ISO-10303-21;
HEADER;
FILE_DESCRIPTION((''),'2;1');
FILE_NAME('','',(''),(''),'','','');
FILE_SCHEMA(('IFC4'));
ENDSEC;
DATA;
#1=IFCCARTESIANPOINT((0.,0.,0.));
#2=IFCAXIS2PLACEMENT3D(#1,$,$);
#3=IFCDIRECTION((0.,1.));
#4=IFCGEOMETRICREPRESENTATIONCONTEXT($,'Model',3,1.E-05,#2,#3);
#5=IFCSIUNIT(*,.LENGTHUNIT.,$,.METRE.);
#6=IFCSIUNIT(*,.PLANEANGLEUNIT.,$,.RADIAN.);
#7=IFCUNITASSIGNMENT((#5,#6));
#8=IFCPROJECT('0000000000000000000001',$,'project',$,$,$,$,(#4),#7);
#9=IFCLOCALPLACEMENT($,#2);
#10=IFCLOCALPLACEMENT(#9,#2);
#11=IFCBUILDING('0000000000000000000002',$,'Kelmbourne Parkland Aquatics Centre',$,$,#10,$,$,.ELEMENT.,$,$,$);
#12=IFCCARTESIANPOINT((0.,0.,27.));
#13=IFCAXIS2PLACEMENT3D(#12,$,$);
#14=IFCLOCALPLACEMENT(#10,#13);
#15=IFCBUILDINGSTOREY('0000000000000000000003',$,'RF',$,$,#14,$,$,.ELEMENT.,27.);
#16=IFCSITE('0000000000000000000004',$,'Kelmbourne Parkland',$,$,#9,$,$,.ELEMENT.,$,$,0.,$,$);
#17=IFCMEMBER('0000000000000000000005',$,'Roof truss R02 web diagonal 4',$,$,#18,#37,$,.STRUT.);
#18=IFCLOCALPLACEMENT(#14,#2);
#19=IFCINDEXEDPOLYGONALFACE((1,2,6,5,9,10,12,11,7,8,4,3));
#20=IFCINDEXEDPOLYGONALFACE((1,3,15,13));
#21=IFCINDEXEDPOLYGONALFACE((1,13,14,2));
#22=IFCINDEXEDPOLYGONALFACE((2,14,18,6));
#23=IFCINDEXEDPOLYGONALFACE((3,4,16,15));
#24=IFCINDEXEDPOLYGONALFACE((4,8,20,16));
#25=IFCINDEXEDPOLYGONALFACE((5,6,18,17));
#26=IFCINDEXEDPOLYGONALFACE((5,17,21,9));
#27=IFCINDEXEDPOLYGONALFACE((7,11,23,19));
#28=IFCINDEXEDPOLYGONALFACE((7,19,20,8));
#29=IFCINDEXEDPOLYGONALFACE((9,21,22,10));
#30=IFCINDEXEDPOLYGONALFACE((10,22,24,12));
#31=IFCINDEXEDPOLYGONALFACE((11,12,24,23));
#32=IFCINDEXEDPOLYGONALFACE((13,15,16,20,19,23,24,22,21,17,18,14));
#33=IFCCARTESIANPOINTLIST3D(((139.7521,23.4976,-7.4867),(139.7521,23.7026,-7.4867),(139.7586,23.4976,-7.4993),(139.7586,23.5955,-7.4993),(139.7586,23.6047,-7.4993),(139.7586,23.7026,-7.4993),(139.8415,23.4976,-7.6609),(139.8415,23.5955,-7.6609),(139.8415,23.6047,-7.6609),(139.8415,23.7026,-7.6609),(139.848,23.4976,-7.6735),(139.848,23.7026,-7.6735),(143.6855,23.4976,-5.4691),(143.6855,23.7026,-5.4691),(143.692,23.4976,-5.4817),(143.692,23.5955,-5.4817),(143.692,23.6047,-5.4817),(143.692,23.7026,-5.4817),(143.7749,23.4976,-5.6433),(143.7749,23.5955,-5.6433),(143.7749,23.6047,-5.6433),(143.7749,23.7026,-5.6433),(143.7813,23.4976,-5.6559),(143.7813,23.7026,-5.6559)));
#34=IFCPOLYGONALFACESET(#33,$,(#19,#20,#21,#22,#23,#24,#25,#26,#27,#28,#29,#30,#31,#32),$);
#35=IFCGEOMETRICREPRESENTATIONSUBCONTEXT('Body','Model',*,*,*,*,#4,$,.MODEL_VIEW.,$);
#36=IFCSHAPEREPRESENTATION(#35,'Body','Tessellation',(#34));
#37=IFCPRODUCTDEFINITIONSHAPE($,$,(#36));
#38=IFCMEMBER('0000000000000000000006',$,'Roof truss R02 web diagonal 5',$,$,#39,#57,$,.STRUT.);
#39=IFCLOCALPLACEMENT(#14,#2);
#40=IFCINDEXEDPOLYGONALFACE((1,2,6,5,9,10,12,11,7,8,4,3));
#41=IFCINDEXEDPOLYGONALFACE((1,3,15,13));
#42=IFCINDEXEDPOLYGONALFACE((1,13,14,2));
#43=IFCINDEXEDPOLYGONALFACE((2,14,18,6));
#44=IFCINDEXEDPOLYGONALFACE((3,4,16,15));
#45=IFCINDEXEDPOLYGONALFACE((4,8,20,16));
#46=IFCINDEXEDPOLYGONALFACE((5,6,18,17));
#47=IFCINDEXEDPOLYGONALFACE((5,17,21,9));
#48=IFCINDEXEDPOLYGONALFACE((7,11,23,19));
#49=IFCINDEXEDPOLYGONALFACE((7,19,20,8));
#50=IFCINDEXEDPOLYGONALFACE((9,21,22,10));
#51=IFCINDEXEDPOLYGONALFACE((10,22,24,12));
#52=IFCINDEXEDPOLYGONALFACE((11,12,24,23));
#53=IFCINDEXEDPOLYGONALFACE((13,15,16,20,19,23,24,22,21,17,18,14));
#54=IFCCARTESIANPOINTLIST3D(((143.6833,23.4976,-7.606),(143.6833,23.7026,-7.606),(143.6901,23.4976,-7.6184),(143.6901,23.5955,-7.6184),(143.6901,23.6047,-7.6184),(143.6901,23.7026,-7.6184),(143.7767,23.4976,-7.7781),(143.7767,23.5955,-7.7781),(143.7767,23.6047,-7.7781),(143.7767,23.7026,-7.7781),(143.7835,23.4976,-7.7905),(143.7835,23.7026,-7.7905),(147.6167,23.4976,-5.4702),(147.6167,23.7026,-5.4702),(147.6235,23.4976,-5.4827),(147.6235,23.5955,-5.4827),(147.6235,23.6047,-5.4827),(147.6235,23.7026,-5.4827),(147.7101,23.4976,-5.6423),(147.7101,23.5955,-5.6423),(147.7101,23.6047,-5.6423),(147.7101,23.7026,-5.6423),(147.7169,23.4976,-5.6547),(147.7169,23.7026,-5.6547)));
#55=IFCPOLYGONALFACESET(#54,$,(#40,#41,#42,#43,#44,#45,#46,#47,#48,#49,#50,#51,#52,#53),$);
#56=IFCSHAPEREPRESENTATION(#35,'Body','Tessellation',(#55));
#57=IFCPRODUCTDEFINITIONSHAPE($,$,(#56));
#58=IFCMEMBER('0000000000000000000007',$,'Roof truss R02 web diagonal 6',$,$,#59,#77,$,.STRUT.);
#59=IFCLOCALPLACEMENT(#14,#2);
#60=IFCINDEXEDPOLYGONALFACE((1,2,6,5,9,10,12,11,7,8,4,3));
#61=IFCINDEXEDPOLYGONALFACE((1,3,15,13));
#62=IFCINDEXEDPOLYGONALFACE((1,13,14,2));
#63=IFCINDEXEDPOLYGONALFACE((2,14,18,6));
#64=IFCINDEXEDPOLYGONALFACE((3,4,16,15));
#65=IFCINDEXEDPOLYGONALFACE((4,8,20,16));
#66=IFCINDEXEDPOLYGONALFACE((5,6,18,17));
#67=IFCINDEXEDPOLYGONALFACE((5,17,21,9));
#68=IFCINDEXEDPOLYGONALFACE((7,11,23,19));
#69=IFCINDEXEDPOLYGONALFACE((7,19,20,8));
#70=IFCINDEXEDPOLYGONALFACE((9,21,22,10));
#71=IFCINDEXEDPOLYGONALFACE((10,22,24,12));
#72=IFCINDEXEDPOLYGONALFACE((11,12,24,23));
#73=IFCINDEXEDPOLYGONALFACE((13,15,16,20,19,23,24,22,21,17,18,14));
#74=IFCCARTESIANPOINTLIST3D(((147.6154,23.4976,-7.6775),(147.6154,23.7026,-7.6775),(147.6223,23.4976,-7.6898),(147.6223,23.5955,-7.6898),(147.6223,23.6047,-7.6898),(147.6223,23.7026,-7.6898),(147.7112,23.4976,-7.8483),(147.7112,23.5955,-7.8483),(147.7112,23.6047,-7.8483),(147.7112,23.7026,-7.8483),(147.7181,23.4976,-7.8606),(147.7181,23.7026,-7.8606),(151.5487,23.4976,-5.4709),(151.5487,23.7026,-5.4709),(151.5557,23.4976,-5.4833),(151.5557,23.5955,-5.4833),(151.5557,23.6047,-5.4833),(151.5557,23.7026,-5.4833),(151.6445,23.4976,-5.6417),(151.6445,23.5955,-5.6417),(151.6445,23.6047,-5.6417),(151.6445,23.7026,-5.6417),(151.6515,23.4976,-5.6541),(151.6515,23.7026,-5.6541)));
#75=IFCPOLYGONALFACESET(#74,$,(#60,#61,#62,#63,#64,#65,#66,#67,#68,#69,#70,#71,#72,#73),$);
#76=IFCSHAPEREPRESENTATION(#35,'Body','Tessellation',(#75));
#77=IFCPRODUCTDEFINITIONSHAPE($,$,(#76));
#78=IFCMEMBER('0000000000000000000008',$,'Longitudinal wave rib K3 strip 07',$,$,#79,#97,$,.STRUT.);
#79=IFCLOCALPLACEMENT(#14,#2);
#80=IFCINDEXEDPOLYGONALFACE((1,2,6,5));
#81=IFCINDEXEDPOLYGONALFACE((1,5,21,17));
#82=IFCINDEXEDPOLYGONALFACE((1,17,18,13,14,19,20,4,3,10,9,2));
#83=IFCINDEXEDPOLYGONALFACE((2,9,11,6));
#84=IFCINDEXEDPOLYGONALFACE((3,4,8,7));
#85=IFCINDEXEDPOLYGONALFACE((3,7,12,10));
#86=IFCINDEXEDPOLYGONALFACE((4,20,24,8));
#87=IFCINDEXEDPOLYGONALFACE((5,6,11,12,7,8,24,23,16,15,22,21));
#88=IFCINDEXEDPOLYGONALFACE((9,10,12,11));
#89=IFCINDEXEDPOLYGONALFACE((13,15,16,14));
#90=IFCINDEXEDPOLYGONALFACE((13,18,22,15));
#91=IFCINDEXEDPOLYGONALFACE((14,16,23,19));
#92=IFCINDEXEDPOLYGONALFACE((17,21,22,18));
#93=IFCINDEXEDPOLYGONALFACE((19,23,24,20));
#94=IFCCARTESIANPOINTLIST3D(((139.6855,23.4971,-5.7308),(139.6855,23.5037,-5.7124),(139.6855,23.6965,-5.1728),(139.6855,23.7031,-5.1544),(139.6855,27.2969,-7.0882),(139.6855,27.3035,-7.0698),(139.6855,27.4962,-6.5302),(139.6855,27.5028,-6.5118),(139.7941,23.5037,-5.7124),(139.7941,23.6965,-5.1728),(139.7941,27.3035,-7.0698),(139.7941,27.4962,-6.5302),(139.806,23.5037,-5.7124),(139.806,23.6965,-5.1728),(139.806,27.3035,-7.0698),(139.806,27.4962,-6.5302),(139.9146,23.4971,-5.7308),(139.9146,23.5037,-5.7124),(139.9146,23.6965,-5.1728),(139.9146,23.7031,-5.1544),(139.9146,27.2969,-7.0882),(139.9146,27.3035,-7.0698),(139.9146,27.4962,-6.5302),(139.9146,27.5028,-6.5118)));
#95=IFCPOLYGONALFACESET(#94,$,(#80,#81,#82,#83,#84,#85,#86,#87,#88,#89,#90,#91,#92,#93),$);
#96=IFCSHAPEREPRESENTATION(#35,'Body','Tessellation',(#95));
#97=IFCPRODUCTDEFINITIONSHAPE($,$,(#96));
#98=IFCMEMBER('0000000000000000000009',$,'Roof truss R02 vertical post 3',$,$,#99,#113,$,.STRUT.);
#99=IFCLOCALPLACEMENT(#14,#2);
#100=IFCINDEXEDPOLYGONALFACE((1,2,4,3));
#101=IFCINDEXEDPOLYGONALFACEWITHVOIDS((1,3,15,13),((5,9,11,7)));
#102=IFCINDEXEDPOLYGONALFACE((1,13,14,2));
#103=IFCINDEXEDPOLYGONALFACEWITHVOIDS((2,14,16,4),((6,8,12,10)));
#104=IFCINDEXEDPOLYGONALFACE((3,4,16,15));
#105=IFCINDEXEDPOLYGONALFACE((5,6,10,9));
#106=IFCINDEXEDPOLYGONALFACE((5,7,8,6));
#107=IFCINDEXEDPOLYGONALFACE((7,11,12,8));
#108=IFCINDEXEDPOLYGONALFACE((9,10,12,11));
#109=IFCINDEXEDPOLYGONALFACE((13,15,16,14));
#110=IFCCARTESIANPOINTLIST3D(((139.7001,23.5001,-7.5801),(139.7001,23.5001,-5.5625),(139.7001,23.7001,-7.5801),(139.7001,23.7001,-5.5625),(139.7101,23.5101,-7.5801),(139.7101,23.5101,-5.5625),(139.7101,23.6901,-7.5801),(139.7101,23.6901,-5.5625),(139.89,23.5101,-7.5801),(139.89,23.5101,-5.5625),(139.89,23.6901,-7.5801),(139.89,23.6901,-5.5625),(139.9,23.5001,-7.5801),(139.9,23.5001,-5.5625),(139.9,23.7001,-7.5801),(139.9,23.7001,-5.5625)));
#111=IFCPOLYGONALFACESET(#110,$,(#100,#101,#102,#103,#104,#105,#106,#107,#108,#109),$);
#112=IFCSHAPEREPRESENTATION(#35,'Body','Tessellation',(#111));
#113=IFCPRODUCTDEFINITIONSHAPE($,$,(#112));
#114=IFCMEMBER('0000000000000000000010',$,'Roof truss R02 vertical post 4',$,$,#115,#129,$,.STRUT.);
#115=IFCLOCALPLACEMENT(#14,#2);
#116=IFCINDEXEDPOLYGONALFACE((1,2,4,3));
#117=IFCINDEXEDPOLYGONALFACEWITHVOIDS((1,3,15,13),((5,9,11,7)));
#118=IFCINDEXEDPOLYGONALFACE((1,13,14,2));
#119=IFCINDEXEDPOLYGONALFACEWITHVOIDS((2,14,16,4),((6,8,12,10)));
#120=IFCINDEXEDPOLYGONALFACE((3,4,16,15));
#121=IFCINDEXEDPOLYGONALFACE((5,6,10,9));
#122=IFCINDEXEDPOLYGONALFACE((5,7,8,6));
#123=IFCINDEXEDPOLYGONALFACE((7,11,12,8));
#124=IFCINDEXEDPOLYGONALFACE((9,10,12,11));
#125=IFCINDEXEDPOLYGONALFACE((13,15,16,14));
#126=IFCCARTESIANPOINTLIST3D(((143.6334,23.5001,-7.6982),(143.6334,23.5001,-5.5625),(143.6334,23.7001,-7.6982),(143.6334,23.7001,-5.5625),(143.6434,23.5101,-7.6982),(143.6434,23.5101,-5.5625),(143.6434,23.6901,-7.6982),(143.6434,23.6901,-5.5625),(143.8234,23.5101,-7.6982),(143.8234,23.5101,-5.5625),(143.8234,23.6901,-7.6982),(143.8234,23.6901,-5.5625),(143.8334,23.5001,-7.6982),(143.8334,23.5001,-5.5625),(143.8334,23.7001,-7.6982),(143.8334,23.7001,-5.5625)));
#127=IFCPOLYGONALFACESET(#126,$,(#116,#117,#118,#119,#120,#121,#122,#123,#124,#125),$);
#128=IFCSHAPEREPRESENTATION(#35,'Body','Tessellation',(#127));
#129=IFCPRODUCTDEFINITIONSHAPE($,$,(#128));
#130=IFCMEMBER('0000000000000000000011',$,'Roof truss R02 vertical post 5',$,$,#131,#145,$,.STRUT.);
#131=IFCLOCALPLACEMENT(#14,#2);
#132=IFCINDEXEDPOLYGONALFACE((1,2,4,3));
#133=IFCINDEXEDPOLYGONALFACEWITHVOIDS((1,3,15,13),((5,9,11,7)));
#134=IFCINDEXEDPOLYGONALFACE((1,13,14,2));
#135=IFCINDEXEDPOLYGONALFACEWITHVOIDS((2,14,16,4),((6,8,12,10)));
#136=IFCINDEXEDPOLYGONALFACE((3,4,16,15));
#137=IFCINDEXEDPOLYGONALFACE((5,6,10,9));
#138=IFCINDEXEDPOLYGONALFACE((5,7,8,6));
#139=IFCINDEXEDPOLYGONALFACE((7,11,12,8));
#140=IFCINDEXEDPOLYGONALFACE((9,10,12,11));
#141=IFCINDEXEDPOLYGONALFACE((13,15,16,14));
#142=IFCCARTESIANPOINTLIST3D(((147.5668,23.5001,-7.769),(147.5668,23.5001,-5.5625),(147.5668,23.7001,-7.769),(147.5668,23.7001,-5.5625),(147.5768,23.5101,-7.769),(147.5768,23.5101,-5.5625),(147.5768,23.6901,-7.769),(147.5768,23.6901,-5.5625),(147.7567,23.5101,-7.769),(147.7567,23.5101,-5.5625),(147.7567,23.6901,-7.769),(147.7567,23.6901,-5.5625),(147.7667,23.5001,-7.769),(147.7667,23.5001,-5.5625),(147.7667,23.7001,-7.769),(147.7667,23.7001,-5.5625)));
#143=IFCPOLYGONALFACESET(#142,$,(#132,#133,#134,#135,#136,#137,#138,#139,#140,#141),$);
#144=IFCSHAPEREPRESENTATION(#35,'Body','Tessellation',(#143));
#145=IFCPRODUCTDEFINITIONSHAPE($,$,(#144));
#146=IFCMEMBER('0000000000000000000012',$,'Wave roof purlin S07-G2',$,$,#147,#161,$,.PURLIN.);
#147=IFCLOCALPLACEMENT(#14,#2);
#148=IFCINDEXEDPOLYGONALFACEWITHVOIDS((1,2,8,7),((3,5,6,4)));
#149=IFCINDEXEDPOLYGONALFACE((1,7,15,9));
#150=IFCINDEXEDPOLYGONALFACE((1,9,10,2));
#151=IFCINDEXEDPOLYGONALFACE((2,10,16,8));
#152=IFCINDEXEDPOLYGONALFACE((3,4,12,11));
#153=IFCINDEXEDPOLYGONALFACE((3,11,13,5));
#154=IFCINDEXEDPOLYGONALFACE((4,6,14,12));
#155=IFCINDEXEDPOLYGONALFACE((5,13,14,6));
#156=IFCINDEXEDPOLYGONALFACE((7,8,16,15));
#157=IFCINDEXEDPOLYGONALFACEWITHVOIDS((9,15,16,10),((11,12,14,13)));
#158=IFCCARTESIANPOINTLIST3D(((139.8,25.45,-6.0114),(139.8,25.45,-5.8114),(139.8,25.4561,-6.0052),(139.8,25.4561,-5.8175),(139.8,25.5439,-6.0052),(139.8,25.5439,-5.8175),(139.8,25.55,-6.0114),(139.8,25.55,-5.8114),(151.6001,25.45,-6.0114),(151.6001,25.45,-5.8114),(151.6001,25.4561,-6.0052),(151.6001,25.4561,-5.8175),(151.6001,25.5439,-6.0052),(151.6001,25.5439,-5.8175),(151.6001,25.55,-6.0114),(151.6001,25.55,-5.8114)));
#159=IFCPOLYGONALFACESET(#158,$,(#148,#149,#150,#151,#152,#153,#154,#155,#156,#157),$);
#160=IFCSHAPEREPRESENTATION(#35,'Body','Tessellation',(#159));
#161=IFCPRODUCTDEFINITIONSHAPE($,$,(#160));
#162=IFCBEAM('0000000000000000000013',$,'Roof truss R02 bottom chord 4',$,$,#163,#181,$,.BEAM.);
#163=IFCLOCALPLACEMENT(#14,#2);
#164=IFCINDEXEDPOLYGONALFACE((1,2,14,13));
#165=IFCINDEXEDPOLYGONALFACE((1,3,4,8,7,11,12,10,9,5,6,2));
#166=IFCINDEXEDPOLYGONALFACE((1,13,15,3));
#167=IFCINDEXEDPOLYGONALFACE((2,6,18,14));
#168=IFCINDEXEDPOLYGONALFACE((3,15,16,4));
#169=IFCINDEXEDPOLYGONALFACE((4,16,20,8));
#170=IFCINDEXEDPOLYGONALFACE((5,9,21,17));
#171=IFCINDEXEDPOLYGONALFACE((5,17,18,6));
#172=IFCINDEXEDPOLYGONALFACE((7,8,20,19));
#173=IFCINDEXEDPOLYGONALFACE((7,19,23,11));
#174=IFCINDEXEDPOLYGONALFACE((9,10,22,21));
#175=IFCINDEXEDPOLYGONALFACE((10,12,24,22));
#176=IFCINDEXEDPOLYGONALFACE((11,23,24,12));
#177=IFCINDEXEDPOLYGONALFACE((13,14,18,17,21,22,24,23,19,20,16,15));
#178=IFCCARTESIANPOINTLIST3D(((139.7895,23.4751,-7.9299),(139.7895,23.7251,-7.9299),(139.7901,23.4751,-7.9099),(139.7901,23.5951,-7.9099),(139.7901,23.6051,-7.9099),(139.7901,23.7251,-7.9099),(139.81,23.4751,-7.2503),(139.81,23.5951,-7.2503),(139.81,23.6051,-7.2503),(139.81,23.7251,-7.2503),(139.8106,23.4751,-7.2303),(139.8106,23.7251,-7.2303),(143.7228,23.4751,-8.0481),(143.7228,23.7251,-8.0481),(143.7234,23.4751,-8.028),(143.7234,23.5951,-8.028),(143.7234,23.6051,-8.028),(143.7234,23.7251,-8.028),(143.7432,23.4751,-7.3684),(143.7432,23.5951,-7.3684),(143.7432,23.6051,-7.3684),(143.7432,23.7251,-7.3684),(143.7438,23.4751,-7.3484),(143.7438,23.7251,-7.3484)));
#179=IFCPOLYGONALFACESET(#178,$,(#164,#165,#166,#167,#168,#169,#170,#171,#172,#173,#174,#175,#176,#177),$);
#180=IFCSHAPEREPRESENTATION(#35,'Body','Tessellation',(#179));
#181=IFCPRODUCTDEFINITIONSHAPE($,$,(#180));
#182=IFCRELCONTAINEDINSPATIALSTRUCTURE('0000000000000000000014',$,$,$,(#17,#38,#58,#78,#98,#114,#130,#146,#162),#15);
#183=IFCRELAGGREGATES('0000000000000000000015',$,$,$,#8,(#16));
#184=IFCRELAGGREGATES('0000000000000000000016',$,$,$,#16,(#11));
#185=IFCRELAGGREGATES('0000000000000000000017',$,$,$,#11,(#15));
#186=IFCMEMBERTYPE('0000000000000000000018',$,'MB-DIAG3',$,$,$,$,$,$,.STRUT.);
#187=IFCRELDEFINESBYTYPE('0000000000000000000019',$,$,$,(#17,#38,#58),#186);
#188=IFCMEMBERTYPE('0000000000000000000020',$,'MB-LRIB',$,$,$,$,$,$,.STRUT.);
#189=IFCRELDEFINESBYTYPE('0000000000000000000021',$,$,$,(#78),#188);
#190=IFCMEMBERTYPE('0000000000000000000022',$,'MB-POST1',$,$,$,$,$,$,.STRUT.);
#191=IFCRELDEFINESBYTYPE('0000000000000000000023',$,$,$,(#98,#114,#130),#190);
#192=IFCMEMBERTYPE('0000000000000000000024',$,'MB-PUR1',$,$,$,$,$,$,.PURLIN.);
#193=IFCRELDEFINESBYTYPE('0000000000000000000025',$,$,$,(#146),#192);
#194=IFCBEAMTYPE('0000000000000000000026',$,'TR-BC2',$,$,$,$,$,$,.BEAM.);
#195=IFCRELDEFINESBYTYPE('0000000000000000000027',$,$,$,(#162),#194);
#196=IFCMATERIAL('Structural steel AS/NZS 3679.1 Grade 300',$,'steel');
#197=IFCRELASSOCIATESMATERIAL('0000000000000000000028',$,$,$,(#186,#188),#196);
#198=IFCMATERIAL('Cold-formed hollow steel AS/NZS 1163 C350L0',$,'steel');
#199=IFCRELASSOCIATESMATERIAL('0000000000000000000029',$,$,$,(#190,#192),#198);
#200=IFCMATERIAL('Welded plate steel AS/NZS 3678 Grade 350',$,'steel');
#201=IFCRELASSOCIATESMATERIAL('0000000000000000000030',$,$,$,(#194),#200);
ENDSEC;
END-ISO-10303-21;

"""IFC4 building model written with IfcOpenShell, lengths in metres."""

from ifc_helpers import new_model, si_unit, direction, frame, origin, origin_2d, place, context, subcontext, project, spatial, hollow_rectangle, i_section, extrude, material, material_profile, profile_set, type_object, element, save


model = new_model("IFC4")

# Units and contexts
model_context = context("Model", 3, precision=1e-05, world=origin(), true_north=direction((0.0, 1.0)))
body_context = subcontext(model_context, "Body", "Model", "MODEL_VIEW")
ifc_project = project(units=[si_unit("LENGTHUNIT", "METRE"), si_unit("PLANEANGLEUNIT", "RADIAN")], contexts=[model_context])

# Site, building, storey
site_placement = place(None, origin())
site = spatial("IfcSite", under=ifc_project, at=site_placement, Name="Kelmbourne Parkland", CompositionType="ELEMENT", RefElevation=0.0)
building_placement = place(site_placement, origin())
building = spatial("IfcBuilding", under=site, at=building_placement, Name="Kelmbourne Parkland Aquatics Centre", CompositionType="ELEMENT")
storey_placement = place(building_placement, frame((0.0, 0.0, 27.0)))
storey = spatial("IfcBuildingStorey", under=building, at=storey_placement, Name="RF", CompositionType="ELEMENT", Elevation=27.0)

# Members
ifc_material_1 = material(Name="Structural steel AS/NZS 3679.1 Grade 300", Category="steel")
ifc_material_profile_1 = material_profile(ifc_material_1, i_section(OverallWidth=0.2051, OverallDepth=0.21, WebThickness=0.0093, FlangeThickness=0.0142, at=origin_2d()), Name="200UC59.5")
ifc_profile_set_1 = profile_set([ifc_material_profile_1], Name="Structural steel AS/NZS 3679.1 Grade 300")
member_type_1 = type_object("IfcMemberType", Name="MB-DIAG3", PredefinedType="STRUT", material=ifc_profile_set_1)
member_1_placement = place(storey_placement, frame((139.8, 23.6001, -7.5801), z_axis=(0.889774, 0.0, 0.456402), x_axis=(0.0, 1.0, 0.0)))
element("IfcMember", 1, at=member_1_placement, inside=storey, type_object=member_type_1, Name="Roof truss R02 web diagonal 4", PredefinedType="STRUT", context=body_context, shape_type="SweptSolid", body=[
    extrude(i_section(OverallWidth=0.2051, OverallDepth=0.21, WebThickness=0.0093, FlangeThickness=0.0142, at=origin_2d()), origin(), (0.0, 0.0, 1.0), 4.4207),
])
member_2_placement = place(storey_placement, frame((143.7334, 23.6001, -7.6982), z_axis=(0.878807, 0.0, 0.477177), x_axis=(0.0, 1.0, 0.0)))
element("IfcMember", 2, at=member_2_placement, inside=storey, type_object=member_type_1, Name="Roof truss R02 web diagonal 5", PredefinedType="STRUT", context=body_context, shape_type="SweptSolid", body=[
    extrude(i_section(OverallWidth=0.2051, OverallDepth=0.21, WebThickness=0.0093, FlangeThickness=0.0142, at=origin_2d()), origin(), (0.0, 0.0, 1.0), 4.4758),
])
member_3_placement = place(storey_placement, frame((147.6667, 23.6001, -7.769), z_axis=(0.87214, 0.0, 0.489256), x_axis=(0.0, 1.0, 0.0)))
element("IfcMember", 3, at=member_3_placement, inside=storey, type_object=member_type_1, Name="Roof truss R02 web diagonal 6", PredefinedType="STRUT", context=body_context, shape_type="SweptSolid", body=[
    extrude(i_section(OverallWidth=0.2051, OverallDepth=0.21, WebThickness=0.0093, FlangeThickness=0.0142, at=origin_2d()), origin(), (0.0, 0.0, 1.0), 4.51),
])
ifc_material_profile_2 = material_profile(ifc_material_1, i_section(OverallWidth=0.229, OverallDepth=0.6121, WebThickness=0.012, FlangeThickness=0.0195, at=origin_2d()), Name="610UB125")
ifc_profile_set_2 = profile_set([ifc_material_profile_2], Name="Structural steel AS/NZS 3679.1 Grade 300")
member_type_2 = type_object("IfcMemberType", Name="MB-LRIB", PredefinedType="STRUT", material=ifc_profile_set_2)
member_4_placement = place(storey_placement, frame((139.8, 23.6001, -5.4426), z_axis=(0.0, 0.941715, -0.336413), x_axis=(-1.0, 0.0, 0.0)))
element("IfcMember", 4, at=member_4_placement, inside=storey, type_object=member_type_2, Name="Longitudinal wave rib K3 strip 07", PredefinedType="STRUT", context=body_context, shape_type="SweptSolid", body=[
    extrude(i_section(OverallWidth=0.229, OverallDepth=0.6121, WebThickness=0.012, FlangeThickness=0.0195, at=origin_2d()), origin(), (0.0, 0.0, 1.0), 4.0349),
])
ifc_material_2 = material(Name="Cold-formed hollow steel AS/NZS 1163 C350L0", Category="steel")
ifc_material_profile_3 = material_profile(ifc_material_2, hollow_rectangle(XDim=0.2, YDim=0.2, WallThickness=0.01, at=origin_2d()), Name="SHS 200x200x10.0")
ifc_profile_set_3 = profile_set([ifc_material_profile_3], Name="Cold-formed hollow steel AS/NZS 1163 C350L0")
member_type_3 = type_object("IfcMemberType", Name="MB-POST1", PredefinedType="STRUT", material=ifc_profile_set_3)
member_5_placement = place(storey_placement, frame((139.8, 23.6001, -7.5801), z_axis=(0.0, 0.0, 1.0), x_axis=(1.0, 0.0, 0.0)))
element("IfcMember", 5, at=member_5_placement, inside=storey, type_object=member_type_3, Name="Roof truss R02 vertical post 3", PredefinedType="STRUT", context=body_context, shape_type="SweptSolid", body=[
    extrude(hollow_rectangle(XDim=0.2, YDim=0.2, WallThickness=0.01, at=origin_2d()), origin(), (0.0, 0.0, 1.0), 2.0176),
])
member_6_placement = place(storey_placement, frame((143.7334, 23.6001, -7.6982), z_axis=(0.0, 0.0, 1.0), x_axis=(1.0, 0.0, 0.0)))
element("IfcMember", 6, at=member_6_placement, inside=storey, type_object=member_type_3, Name="Roof truss R02 vertical post 4", PredefinedType="STRUT", context=body_context, shape_type="SweptSolid", body=[
    extrude(hollow_rectangle(XDim=0.2, YDim=0.2, WallThickness=0.01, at=origin_2d()), origin(), (0.0, 0.0, 1.0), 2.1357),
])
member_7_placement = place(storey_placement, frame((147.6667, 23.6001, -7.769), z_axis=(0.0, 0.0, 1.0), x_axis=(1.0, 0.0, 0.0)))
element("IfcMember", 7, at=member_7_placement, inside=storey, type_object=member_type_3, Name="Roof truss R02 vertical post 5", PredefinedType="STRUT", context=body_context, shape_type="SweptSolid", body=[
    extrude(hollow_rectangle(XDim=0.2, YDim=0.2, WallThickness=0.01, at=origin_2d()), origin(), (0.0, 0.0, 1.0), 2.2065),
])
ifc_material_profile_4 = material_profile(ifc_material_2, hollow_rectangle(XDim=0.1001, YDim=0.2, WallThickness=0.0061, at=origin_2d()), Name="RHS 200x100x6.0")
ifc_profile_set_4 = profile_set([ifc_material_profile_4], Name="Cold-formed hollow steel AS/NZS 1163 C350L0")
member_type_4 = type_object("IfcMemberType", Name="MB-PUR1", PredefinedType="PURLIN", material=ifc_profile_set_4)
member_8_placement = place(storey_placement, frame((139.8, 25.5, -5.9114), z_axis=(1.0, 0.0, 0.0), x_axis=(0.0, 1.0, 0.0)))
element("IfcMember", 8, at=member_8_placement, inside=storey, type_object=member_type_4, Name="Wave roof purlin S07-G2", PredefinedType="PURLIN", context=body_context, shape_type="SweptSolid", body=[
    extrude(hollow_rectangle(XDim=0.1001, YDim=0.2, WallThickness=0.0061, at=origin_2d()), origin(), (0.0, 0.0, 1.0), 11.8),
])

# Beam
ifc_material_3 = material(Name="Welded plate steel AS/NZS 3678 Grade 350", Category="steel")
ifc_material_profile_5 = material_profile(ifc_material_3, i_section(OverallWidth=0.25, OverallDepth=0.7, WebThickness=0.01, FlangeThickness=0.02, at=origin_2d()), Name="700WB130")
ifc_profile_set_5 = profile_set([ifc_material_profile_5], Name="Welded plate steel AS/NZS 3678 Grade 350")
beam_type_1 = type_object("IfcBeamType", Name="TR-BC2", PredefinedType="BEAM", material=ifc_profile_set_5)
beam_1_placement = place(storey_placement, frame((139.8, 23.6001, -7.5801), z_axis=(0.999549, 0.0, -0.030028), x_axis=(0.0, 1.0, 0.0)))
element("IfcBeam", 9, at=beam_1_placement, inside=storey, type_object=beam_type_1, Name="Roof truss R02 bottom chord 4", PredefinedType="BEAM", context=body_context, shape_type="SweptSolid", body=[
    extrude(i_section(OverallWidth=0.25, OverallDepth=0.7, WebThickness=0.01, FlangeThickness=0.02, at=origin_2d()), origin(), (0.0, 0.0, 1.0), 3.9351),
])

save(model, "model.ifc")
